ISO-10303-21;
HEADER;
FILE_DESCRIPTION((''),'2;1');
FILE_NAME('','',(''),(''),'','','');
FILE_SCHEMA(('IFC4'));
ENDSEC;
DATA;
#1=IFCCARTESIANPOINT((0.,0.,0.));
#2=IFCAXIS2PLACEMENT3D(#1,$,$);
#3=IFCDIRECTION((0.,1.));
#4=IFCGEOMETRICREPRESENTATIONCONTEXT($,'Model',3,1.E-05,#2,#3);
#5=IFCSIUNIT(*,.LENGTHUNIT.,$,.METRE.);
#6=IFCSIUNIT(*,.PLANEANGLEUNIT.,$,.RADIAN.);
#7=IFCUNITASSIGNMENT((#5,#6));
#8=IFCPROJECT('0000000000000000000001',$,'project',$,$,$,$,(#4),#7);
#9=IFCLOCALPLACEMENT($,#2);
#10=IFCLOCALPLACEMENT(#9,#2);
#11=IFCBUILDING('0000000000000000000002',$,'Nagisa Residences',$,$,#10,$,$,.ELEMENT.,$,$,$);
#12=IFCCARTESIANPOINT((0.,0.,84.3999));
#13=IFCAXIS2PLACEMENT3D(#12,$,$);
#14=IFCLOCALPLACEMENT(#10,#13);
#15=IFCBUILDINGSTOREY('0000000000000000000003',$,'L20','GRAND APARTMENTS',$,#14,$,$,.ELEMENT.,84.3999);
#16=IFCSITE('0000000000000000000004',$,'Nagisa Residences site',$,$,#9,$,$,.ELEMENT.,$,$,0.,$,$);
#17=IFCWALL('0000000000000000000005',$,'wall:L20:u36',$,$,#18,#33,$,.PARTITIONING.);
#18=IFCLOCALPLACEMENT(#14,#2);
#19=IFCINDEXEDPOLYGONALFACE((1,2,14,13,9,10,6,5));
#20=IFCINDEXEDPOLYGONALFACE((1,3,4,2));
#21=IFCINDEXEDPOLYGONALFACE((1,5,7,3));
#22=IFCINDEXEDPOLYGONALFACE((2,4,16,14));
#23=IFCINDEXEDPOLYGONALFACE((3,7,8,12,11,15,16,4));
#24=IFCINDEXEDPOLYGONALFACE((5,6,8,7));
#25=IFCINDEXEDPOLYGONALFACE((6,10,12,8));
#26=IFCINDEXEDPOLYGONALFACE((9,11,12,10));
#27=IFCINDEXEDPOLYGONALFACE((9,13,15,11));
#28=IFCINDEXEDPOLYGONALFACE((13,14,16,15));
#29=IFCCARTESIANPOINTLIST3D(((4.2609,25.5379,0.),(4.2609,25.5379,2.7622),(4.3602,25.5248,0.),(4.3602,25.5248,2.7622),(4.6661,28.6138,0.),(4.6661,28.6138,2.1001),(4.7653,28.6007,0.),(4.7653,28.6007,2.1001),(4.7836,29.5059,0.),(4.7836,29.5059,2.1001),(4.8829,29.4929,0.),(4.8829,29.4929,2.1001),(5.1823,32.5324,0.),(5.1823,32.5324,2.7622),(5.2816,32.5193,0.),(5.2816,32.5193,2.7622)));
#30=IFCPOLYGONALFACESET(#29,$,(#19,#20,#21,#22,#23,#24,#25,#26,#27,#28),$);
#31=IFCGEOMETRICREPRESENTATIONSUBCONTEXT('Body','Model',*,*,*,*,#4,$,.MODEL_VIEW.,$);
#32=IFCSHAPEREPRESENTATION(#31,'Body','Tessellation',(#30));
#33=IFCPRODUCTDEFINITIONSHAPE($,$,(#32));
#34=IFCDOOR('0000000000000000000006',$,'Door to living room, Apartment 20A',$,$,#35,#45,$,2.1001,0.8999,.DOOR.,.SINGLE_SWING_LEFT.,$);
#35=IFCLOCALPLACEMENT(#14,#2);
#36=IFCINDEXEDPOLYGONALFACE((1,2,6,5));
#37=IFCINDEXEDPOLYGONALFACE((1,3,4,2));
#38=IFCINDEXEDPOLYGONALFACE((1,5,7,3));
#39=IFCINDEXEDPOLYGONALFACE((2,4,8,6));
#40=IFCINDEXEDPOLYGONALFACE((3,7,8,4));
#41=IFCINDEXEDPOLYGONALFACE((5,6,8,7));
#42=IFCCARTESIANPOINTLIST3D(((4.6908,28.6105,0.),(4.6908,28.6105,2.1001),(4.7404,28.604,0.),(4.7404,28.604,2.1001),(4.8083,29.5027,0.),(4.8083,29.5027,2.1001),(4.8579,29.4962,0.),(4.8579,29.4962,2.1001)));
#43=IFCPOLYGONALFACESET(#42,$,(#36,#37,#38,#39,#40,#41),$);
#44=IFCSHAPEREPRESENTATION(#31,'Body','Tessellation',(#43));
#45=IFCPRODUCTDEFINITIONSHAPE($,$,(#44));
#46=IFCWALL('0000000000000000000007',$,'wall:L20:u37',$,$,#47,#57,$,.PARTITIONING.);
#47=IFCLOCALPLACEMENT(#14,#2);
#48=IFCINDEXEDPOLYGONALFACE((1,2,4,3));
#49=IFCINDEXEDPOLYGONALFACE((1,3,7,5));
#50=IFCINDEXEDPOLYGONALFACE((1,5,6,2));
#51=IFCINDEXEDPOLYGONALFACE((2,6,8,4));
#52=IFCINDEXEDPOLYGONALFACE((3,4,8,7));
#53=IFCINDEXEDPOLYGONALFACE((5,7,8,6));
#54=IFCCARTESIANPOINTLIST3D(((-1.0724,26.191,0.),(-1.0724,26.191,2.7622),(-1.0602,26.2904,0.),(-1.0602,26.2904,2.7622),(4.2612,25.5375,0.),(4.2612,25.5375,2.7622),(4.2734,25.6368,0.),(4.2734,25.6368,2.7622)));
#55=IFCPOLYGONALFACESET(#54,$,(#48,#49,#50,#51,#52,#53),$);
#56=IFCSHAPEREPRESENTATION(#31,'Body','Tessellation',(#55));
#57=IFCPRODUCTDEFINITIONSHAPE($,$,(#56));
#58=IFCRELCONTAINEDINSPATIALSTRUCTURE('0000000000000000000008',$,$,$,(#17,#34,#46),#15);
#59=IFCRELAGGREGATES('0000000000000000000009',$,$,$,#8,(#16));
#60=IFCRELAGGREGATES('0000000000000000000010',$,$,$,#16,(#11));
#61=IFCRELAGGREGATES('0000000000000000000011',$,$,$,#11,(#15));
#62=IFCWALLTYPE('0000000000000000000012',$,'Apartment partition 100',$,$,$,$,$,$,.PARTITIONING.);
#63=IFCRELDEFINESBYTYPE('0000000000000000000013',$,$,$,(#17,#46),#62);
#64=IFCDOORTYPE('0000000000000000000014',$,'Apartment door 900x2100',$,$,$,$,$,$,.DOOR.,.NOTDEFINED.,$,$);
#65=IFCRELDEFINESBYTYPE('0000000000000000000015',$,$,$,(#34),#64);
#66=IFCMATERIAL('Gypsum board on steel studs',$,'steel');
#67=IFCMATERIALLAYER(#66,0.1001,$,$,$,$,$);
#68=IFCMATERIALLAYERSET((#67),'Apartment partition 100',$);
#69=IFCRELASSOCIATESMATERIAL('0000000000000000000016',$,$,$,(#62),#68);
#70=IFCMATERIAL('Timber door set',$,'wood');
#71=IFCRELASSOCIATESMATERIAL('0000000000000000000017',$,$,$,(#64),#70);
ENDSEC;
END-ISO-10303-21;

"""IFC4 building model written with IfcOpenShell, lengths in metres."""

from ifc_helpers import new_model, si_unit, direction, frame, frame_2d, origin, place, context, subcontext, project, spatial, rectangle, extrude, material, layer, layer_set, type_object, element, fill, save


model = new_model("IFC4")

# Units and contexts
model_context = context("Model", 3, precision=1e-05, world=origin(), true_north=direction((0.0, 1.0)))
body_context = subcontext(model_context, "Body", "Model", "MODEL_VIEW")
ifc_project = project(units=[si_unit("LENGTHUNIT", "METRE"), si_unit("PLANEANGLEUNIT", "RADIAN")], contexts=[model_context])

# Site, building, storey
site_placement = place(None, origin())
site = spatial("IfcSite", under=ifc_project, at=site_placement, Name="Nagisa Residences site", CompositionType="ELEMENT", RefElevation=0.0)
building_placement = place(site_placement, origin())
building = spatial("IfcBuilding", under=site, at=building_placement, Name="Nagisa Residences", CompositionType="ELEMENT")
storey_placement = place(building_placement, frame((0.0, 0.0, 84.3999)))
storey = spatial("IfcBuildingStorey", under=building, at=storey_placement, Name="L20", Description="GRAND APARTMENTS", CompositionType="ELEMENT", Elevation=84.3999)

# Shared definitions
ifc_material_1 = material(Name="Gypsum board on steel studs", Category="steel")
ifc_layer_1 = layer(ifc_material_1, 0.1001)
ifc_layer_set_1 = layer_set([ifc_layer_1], Name="Apartment partition 100")
wall_type_1 = type_object("IfcWallType", Name="Apartment partition 100", PredefinedType="PARTITIONING", material=ifc_layer_set_1)
ifc_material_2 = material(Name="Timber door set", Category="wood")
door_type_1 = type_object("IfcDoorType", Name="Apartment door 900x2100", OperationType="NOTDEFINED", PredefinedType="DOOR", material=ifc_material_2)

# Wall, opening, door
wall_1_placement = place(storey_placement, frame((4.3105, 25.5315, 0.0), z_axis=(0.0, 0.0, 1.0), x_axis=(0.130604, 0.991435, 0.0)))
wall_1 = element("IfcWall", 1, at=wall_1_placement, inside=storey, type_object=wall_type_1, Name="wall:L20:u36", PredefinedType="PARTITIONING", context=body_context, shape_type="SweptSolid", body=[
    extrude(rectangle(XDim=7.0549, YDim=0.1001, at=frame_2d((3.5273, 0.0))), origin(), (0.0, 0.0, 1.0), 2.7622),
])
opening_1_placement = place(wall_1_placement, frame((3.1023, 0.0, 0.0)))
opening_1 = element("IfcOpeningElement", 2, at=opening_1_placement, cuts=wall_1, PredefinedType="OPENING", context=body_context, shape_type="SweptSolid", body=[
    extrude(rectangle(XDim=0.8999, YDim=2.1001, at=frame_2d((0.45, 1.05))), frame((0.0, 0.0601, 0.0), z_axis=(0.0, -1.0, 0.0), x_axis=(1.0, 0.0, 0.0)), (0.0, 0.0, 1.0), 0.1201),
])
door_1_placement = place(opening_1_placement, frame((0.8999, 0.0, 0.0), x_axis=(-1.0, 0.0, 0.0)))
door_1 = element("IfcDoor", 3, at=door_1_placement, inside=storey, type_object=door_type_1, Name="Door to living room, Apartment 20A", OperationType="SINGLE_SWING_LEFT", OverallHeight=2.1001, OverallWidth=0.8999, PredefinedType="DOOR", context=body_context, shape_type="SweptSolid", body=[
    extrude(rectangle(XDim=0.8999, YDim=2.1001, at=frame_2d((0.45, 1.05))), frame((0.0, 0.0249, 0.0), z_axis=(0.0, -1.0, 0.0), x_axis=(1.0, 0.0, 0.0)), (0.0, 0.0, 1.0), 0.05),
])
fill(opening_1, door_1)

# Wall
wall_2_placement = place(storey_placement, frame((4.2673, 25.5872, 0.0), z_axis=(0.0, 0.0, 1.0), x_axis=(-0.992576, 0.121624, 0.0)))
element("IfcWall", 4, at=wall_2_placement, inside=storey, type_object=wall_type_1, Name="wall:L20:u37", PredefinedType="PARTITIONING", context=body_context, shape_type="SweptSolid", body=[
    extrude(rectangle(XDim=5.3735, YDim=0.1001, at=frame_2d((2.6868, 0.0))), origin(), (0.0, 0.0, 1.0), 2.7622),
])

save(model, "model.ifc")
